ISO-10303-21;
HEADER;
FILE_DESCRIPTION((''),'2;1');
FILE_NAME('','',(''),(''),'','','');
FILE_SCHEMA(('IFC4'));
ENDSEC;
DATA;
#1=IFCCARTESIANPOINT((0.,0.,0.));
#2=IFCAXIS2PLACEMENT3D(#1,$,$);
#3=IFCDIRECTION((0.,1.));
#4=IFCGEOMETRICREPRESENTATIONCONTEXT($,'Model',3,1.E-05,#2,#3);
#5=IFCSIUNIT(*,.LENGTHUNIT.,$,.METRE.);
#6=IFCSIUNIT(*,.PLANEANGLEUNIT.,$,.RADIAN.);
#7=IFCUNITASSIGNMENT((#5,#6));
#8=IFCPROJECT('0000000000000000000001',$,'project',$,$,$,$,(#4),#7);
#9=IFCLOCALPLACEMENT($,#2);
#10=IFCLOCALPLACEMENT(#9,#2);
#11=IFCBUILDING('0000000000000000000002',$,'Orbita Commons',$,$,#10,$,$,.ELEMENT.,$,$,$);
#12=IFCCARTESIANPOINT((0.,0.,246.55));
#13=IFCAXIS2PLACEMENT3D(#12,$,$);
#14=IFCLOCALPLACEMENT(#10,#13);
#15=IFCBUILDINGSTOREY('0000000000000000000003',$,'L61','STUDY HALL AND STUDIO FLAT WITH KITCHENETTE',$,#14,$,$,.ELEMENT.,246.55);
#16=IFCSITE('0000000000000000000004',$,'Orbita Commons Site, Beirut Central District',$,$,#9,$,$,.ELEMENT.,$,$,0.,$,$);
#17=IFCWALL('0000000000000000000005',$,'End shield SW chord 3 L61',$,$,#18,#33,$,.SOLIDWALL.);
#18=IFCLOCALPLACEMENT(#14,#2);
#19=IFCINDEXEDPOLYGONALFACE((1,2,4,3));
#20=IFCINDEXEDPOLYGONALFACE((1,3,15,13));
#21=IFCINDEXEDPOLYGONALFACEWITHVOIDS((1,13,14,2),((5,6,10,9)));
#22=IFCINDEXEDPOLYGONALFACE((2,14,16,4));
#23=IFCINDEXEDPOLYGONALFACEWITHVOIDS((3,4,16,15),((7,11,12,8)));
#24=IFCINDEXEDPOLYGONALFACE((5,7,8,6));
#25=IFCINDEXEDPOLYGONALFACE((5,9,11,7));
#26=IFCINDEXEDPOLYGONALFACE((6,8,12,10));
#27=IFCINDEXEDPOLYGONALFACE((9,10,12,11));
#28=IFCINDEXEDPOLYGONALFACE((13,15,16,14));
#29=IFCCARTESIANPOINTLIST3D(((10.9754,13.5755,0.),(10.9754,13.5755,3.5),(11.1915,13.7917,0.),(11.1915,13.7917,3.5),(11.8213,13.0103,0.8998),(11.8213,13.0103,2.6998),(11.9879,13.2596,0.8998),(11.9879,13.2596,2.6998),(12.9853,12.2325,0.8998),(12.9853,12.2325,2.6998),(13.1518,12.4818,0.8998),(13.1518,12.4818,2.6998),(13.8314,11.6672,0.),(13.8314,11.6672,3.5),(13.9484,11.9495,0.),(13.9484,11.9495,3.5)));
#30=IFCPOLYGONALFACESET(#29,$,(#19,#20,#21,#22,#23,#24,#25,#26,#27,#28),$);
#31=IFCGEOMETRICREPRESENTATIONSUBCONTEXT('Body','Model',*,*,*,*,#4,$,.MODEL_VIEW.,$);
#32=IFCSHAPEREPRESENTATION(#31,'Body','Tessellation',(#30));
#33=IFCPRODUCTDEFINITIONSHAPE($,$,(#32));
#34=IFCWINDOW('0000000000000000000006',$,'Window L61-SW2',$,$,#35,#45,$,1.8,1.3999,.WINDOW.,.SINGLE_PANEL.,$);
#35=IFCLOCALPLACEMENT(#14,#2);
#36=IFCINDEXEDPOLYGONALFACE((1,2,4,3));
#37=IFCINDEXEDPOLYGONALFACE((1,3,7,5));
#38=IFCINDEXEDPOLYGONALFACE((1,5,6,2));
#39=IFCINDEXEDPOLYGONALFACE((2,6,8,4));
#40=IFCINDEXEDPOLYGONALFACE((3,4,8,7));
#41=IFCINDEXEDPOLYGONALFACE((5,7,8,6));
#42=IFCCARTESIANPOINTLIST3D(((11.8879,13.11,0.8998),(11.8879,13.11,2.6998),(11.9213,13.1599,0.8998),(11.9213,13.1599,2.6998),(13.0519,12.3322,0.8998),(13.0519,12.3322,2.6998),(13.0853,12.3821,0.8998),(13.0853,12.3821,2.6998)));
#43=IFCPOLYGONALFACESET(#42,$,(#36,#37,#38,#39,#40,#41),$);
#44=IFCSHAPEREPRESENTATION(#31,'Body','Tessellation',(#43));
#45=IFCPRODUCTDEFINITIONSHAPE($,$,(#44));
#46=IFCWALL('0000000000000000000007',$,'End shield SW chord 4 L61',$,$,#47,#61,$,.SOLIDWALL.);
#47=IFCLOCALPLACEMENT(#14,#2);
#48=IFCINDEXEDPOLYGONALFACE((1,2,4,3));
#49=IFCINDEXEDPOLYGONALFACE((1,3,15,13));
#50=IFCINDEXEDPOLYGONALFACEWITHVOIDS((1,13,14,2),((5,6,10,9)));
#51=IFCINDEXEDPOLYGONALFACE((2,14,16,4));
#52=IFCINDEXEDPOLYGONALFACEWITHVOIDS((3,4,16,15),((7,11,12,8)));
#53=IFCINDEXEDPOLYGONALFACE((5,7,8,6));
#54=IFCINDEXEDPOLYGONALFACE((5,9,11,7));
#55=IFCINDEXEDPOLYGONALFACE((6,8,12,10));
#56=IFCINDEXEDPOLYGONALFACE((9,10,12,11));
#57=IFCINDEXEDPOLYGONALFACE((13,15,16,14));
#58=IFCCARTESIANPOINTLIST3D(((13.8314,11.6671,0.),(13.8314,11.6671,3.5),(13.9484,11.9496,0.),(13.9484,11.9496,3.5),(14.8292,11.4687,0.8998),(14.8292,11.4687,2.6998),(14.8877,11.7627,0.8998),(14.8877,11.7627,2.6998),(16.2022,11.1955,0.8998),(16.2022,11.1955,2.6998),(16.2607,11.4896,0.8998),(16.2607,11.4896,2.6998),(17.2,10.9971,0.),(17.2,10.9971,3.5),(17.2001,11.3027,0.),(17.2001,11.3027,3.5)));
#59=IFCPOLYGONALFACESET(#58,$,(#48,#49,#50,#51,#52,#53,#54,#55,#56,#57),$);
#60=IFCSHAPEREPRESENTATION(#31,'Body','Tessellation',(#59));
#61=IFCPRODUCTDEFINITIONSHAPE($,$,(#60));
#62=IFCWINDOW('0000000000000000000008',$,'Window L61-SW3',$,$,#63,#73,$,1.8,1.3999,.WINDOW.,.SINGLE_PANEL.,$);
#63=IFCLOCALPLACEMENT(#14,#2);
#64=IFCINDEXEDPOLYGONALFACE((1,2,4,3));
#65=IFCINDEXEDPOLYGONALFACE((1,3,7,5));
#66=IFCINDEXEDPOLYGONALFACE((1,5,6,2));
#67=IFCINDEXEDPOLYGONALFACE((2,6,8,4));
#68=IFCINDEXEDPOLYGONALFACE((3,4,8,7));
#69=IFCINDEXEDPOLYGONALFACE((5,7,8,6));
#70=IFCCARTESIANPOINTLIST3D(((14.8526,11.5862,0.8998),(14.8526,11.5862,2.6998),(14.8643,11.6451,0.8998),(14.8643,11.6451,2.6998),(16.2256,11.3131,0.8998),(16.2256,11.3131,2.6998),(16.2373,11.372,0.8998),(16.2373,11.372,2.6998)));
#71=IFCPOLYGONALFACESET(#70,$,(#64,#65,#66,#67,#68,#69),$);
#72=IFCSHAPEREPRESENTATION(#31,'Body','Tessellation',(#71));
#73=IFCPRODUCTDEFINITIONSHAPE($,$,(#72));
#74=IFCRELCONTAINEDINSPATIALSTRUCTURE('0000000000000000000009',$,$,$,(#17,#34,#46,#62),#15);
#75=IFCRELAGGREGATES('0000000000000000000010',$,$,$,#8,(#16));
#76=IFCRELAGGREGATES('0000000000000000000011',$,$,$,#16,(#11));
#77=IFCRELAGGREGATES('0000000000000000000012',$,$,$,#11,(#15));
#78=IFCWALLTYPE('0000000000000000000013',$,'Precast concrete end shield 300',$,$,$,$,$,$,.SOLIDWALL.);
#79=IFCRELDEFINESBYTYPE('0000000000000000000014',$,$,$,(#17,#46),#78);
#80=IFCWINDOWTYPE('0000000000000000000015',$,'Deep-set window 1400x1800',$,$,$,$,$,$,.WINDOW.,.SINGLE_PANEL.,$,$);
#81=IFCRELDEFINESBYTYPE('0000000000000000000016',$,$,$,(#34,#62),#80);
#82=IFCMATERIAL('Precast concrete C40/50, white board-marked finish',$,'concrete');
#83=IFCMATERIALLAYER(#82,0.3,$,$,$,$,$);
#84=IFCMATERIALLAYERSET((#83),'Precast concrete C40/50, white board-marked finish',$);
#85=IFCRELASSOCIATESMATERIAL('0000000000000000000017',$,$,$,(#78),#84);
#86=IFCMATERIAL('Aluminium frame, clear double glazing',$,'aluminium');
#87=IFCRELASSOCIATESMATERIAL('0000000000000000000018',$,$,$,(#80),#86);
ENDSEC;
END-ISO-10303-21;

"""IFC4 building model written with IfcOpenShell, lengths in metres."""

from ifc_helpers import new_model, si_unit, direction, frame, frame_2d, origin, place, context, subcontext, project, spatial, polyline, rectangle, outline, extrude, material, layer, layer_set, type_object, element, fill, save


model = new_model("IFC4")

# Units and contexts
model_context = context("Model", 3, precision=1e-05, world=origin(), true_north=direction((0.0, 1.0)))
body_context = subcontext(model_context, "Body", "Model", "MODEL_VIEW")
ifc_project = project(units=[si_unit("LENGTHUNIT", "METRE"), si_unit("PLANEANGLEUNIT", "RADIAN")], contexts=[model_context])

# Site, building, storey
site_placement = place(None, origin())
site = spatial("IfcSite", under=ifc_project, at=site_placement, Name="Orbita Commons Site, Beirut Central District", CompositionType="ELEMENT", RefElevation=0.0)
building_placement = place(site_placement, origin())
building = spatial("IfcBuilding", under=site, at=building_placement, Name="Orbita Commons", CompositionType="ELEMENT")
storey_placement = place(building_placement, frame((0.0, 0.0, 246.55)))
storey = spatial("IfcBuildingStorey", under=building, at=storey_placement, Name="L61", Description="STUDY HALL AND STUDIO FLAT WITH KITCHENETTE", CompositionType="ELEMENT", Elevation=246.55)

# Walls, openings, windows
ifc_material_1 = material(Name="Precast concrete C40/50, white board-marked finish", Category="concrete")
ifc_layer_1 = layer(ifc_material_1, 0.3)
ifc_layer_set_1 = layer_set([ifc_layer_1], Name="Precast concrete C40/50, white board-marked finish")
wall_type_1 = type_object("IfcWallType", Name="Precast concrete end shield 300", PredefinedType="SOLIDWALL", material=ifc_layer_set_1)
ifc_material_2 = material(Name="Aluminium frame, clear double glazing", Category="aluminium")
window_type = type_object("IfcWindowType", Name="Deep-set window 1400x1800", PartitioningType="SINGLE_PANEL", PredefinedType="WINDOW", material=ifc_material_2)
wall_1_placement = place(storey_placement, frame((11.0835, 13.6836, 0.0), z_axis=(0.0, 0.0, 1.0), x_axis=(0.83146, -0.555585, 0.0)))
wall_1 = element("IfcWall", 1, at=wall_1_placement, inside=storey, type_object=wall_type_1, Name="End shield SW chord 3 L61", PredefinedType="SOLIDWALL", context=body_context, shape_type="SweptSolid", body=[
    extrude(outline(polyline([(-0.0298, -0.1499), (3.405, -0.1499), (3.3455, 0.1499), (0.0298, 0.1499), (-0.0298, -0.1499)])), origin(), (0.0, 0.0, 1.0), 3.5),
])
opening_1_placement = place(wall_1_placement, frame((0.9875, 0.0, 0.8999)))
opening_1 = element("IfcOpeningElement", 2, at=opening_1_placement, cuts=wall_1, PredefinedType="OPENING", context=body_context, shape_type="SweptSolid", body=[
    extrude(rectangle(XDim=1.3999, YDim=1.8, at=frame_2d((0.7, 0.8999))), frame((0.0, 0.1599, 0.0), z_axis=(0.0, -1.0, 0.0), x_axis=(1.0, 0.0, 0.0)), (0.0, 0.0, 1.0), 0.3201),
])
window_1_placement = place(opening_1_placement, origin())
window_1 = element("IfcWindow", 3, at=window_1_placement, inside=storey, type_object=window_type, Name="Window L61-SW2", OverallHeight=1.8, OverallWidth=1.3999, PartitioningType="SINGLE_PANEL", PredefinedType="WINDOW", context=body_context, shape_type="SweptSolid", body=[
    extrude(rectangle(XDim=1.3999, YDim=1.8, at=frame_2d((0.7, 0.8999))), frame((0.0, 0.03, 0.0), z_axis=(0.0, -1.0, 0.0), x_axis=(1.0, 0.0, 0.0)), (0.0, 0.0, 1.0), 0.0601),
])
fill(opening_1, window_1)
wall_2_placement = place(storey_placement, frame((13.8899, 11.8083, 0.0), z_axis=(0.0, 0.0, 1.0), x_axis=(0.980783, -0.1951, 0.0)))
wall_2 = element("IfcWall", 4, at=wall_2_placement, inside=storey, type_object=wall_type_1, Name="End shield SW chord 4 L61", PredefinedType="SOLIDWALL", context=body_context, shape_type="SweptSolid", body=[
    extrude(outline(polyline([(-0.0298, -0.1499), (3.4048, -0.1499), (3.3452, 0.1499), (0.0298, 0.1499), (-0.0298, -0.1499)])), origin(), (0.0, 0.0, 1.0), 3.5),
])
opening_2_placement = place(wall_2_placement, frame((0.9875, 0.0, 0.8999)))
opening_2 = element("IfcOpeningElement", 5, at=opening_2_placement, cuts=wall_2, PredefinedType="OPENING", context=body_context, shape_type="SweptSolid", body=[
    extrude(rectangle(XDim=1.3999, YDim=1.8, at=frame_2d((0.7, 0.8999))), frame((0.0, 0.1599, 0.0), z_axis=(0.0, -1.0, 0.0), x_axis=(1.0, 0.0, 0.0)), (0.0, 0.0, 1.0), 0.3201),
])
window_2_placement = place(opening_2_placement, origin())
window_2 = element("IfcWindow", 6, at=window_2_placement, inside=storey, type_object=window_type, Name="Window L61-SW3", OverallHeight=1.8, OverallWidth=1.3999, PartitioningType="SINGLE_PANEL", PredefinedType="WINDOW", context=body_context, shape_type="SweptSolid", body=[
    extrude(rectangle(XDim=1.3999, YDim=1.8, at=frame_2d((0.7, 0.8999))), frame((0.0, 0.03, 0.0), z_axis=(0.0, -1.0, 0.0), x_axis=(1.0, 0.0, 0.0)), (0.0, 0.0, 1.0), 0.0601),
])
fill(opening_2, window_2)

save(model, "model.ifc")
